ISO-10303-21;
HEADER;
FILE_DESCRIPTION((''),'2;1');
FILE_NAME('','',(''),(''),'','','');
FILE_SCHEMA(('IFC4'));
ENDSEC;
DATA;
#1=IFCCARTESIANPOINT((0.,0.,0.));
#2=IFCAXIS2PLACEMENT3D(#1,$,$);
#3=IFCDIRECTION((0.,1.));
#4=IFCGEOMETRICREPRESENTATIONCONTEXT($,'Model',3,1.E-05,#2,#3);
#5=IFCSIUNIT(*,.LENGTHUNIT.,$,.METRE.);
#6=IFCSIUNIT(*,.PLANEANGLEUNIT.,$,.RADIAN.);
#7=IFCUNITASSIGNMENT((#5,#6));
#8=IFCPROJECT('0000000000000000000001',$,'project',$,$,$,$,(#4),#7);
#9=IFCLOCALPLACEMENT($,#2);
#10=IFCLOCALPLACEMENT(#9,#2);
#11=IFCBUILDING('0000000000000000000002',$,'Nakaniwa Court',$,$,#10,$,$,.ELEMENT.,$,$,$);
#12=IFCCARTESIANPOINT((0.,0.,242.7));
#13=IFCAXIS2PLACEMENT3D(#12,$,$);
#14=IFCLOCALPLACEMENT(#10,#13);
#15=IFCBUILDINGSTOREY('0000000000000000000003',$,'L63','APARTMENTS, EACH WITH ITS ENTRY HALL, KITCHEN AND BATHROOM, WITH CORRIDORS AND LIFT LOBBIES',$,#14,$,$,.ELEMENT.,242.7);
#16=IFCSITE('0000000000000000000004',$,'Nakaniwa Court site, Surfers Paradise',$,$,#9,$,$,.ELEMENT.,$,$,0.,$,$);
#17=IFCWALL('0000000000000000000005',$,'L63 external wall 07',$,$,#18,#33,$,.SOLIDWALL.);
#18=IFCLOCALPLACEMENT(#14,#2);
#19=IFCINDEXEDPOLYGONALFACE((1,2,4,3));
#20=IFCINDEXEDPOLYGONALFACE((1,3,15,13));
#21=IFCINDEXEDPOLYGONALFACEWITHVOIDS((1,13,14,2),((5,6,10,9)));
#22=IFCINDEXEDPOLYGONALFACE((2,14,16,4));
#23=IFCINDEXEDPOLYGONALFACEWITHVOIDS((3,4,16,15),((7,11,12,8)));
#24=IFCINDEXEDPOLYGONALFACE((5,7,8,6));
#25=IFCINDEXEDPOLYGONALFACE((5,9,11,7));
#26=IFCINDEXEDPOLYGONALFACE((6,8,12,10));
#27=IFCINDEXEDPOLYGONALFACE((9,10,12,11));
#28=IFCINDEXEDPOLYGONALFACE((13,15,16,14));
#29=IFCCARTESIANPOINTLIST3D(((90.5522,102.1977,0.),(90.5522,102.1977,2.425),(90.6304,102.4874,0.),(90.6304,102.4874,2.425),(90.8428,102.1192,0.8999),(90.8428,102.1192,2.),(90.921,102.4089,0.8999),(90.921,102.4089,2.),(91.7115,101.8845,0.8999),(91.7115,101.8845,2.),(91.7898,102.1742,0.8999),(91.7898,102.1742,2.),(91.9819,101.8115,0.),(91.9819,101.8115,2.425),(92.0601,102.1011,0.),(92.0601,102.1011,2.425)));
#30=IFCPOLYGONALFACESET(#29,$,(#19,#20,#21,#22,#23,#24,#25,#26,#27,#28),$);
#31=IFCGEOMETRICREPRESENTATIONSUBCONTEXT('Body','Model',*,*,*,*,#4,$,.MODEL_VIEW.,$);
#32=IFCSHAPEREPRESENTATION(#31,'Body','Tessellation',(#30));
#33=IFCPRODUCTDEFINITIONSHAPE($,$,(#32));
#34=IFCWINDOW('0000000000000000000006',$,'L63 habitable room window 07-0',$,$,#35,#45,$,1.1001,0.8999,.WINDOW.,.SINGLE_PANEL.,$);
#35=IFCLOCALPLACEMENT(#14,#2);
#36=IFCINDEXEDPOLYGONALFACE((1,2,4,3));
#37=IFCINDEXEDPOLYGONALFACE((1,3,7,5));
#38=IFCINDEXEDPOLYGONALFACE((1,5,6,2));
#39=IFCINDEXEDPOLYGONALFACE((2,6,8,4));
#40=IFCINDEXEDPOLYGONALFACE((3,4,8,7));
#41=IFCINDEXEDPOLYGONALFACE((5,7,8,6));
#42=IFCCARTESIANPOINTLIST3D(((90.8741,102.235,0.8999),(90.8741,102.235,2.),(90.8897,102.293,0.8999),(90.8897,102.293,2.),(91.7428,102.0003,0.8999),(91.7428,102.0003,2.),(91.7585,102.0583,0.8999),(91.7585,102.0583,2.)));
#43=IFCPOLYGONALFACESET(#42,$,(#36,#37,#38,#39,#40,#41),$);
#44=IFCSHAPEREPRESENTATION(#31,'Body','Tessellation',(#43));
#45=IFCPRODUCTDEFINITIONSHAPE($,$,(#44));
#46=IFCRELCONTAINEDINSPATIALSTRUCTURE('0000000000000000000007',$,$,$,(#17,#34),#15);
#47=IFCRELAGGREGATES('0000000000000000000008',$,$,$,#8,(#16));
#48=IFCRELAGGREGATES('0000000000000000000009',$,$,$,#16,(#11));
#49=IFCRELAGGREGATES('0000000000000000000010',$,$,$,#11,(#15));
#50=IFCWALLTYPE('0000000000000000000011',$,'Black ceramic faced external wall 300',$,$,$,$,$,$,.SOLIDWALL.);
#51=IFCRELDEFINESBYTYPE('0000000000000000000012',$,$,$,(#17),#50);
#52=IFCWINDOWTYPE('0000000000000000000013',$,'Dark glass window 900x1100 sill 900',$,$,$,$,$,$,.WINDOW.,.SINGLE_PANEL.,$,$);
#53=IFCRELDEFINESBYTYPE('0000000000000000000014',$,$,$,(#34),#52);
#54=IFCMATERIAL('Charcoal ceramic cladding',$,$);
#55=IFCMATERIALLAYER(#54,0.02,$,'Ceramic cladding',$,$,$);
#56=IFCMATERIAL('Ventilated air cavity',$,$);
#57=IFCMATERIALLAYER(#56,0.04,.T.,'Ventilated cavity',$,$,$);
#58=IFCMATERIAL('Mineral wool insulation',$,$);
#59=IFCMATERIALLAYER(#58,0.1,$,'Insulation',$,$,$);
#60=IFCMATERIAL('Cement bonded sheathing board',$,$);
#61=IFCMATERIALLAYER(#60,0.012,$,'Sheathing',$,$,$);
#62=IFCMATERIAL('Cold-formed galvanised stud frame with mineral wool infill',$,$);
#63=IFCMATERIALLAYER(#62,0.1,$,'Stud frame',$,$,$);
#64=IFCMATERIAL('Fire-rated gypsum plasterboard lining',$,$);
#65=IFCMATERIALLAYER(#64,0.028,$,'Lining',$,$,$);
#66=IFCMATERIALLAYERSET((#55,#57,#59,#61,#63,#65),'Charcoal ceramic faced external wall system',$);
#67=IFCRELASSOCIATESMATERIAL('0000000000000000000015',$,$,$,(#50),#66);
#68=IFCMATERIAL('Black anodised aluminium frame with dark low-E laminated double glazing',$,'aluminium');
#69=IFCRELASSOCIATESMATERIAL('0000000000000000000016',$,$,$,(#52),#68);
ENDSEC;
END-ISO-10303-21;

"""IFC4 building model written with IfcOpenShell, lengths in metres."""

from ifc_helpers import new_model, si_unit, direction, frame, frame_2d, origin, place, context, subcontext, project, spatial, rectangle, extrude, material, layer, layer_set, type_object, element, fill, save


model = new_model("IFC4")

# Units and contexts
model_context = context("Model", 3, precision=1e-05, world=origin(), true_north=direction((0.0, 1.0)))
body_context = subcontext(model_context, "Body", "Model", "MODEL_VIEW")
ifc_project = project(units=[si_unit("LENGTHUNIT", "METRE"), si_unit("PLANEANGLEUNIT", "RADIAN")], contexts=[model_context])

# Site, building, storey
site_placement = place(None, origin())
site = spatial("IfcSite", under=ifc_project, at=site_placement, Name="Nakaniwa Court site, Surfers Paradise", CompositionType="ELEMENT", RefElevation=0.0)
building_placement = place(site_placement, origin())
building = spatial("IfcBuilding", under=site, at=building_placement, Name="Nakaniwa Court", CompositionType="ELEMENT")
storey_placement = place(building_placement, frame((0.0, 0.0, 242.7)))
storey = spatial("IfcBuildingStorey", under=building, at=storey_placement, Name="L63", Description="APARTMENTS, EACH WITH ITS ENTRY HALL, KITCHEN AND BATHROOM, WITH CORRIDORS AND LIFT LOBBIES", CompositionType="ELEMENT", Elevation=242.7)

# Wall, opening, window
ifc_material_1 = material(Name="Charcoal ceramic cladding")
ifc_layer_1 = layer(ifc_material_1, 0.02, Name="Ceramic cladding")
ifc_material_2 = material(Name="Ventilated air cavity")
ifc_layer_2 = layer(ifc_material_2, 0.04, ventilated=True, Name="Ventilated cavity")
ifc_material_3 = material(Name="Mineral wool insulation")
ifc_layer_3 = layer(ifc_material_3, 0.1, Name="Insulation")
ifc_material_4 = material(Name="Cement bonded sheathing board")
ifc_layer_4 = layer(ifc_material_4, 0.012, Name="Sheathing")
ifc_material_5 = material(Name="Cold-formed galvanised stud frame with mineral wool infill")
ifc_layer_5 = layer(ifc_material_5, 0.1, Name="Stud frame")
ifc_material_6 = material(Name="Fire-rated gypsum plasterboard lining")
ifc_layer_6 = layer(ifc_material_6, 0.028, Name="Lining")
ifc_layer_set_1 = layer_set([ifc_layer_1, ifc_layer_2, ifc_layer_3, ifc_layer_4, ifc_layer_5, ifc_layer_6], Name="Charcoal ceramic faced external wall system")
wall_type_1 = type_object("IfcWallType", Name="Black ceramic faced external wall 300", PredefinedType="SOLIDWALL", material=ifc_layer_set_1)
ifc_material_7 = material(Name="Black anodised aluminium frame with dark low-E laminated double glazing", Category="aluminium")
window_type_1 = type_object("IfcWindowType", Name="Dark glass window 900x1100 sill 900", PartitioningType="SINGLE_PANEL", PredefinedType="WINDOW", material=ifc_material_7)
wall_1_placement = place(storey_placement, frame((92.021, 101.9563, 0.0), z_axis=(0.0, 0.0, 1.0), x_axis=(-0.965393, 0.260801, 0.0)))
wall_1 = element("IfcWall", 1, at=wall_1_placement, inside=storey, type_object=wall_type_1, Name="L63 external wall 07", PredefinedType="SOLIDWALL", context=body_context, shape_type="SweptSolid", body=[
    extrude(rectangle(XDim=1.481, YDim=0.3, at=frame_2d((0.7405, 0.0))), origin(), (0.0, 0.0, 1.0), 2.425),
])
opening_1_placement = place(wall_1_placement, frame((0.28, 0.0, 0.8999)))
opening_1 = element("IfcOpeningElement", 2, at=opening_1_placement, cuts=wall_1, PredefinedType="OPENING", context=body_context, shape_type="SweptSolid", body=[
    extrude(rectangle(XDim=0.8999, YDim=1.1001, at=frame_2d((0.45, 0.55))), frame((0.0, 0.1599, 0.0), z_axis=(0.0, -1.0, 0.0), x_axis=(1.0, 0.0, 0.0)), (0.0, 0.0, 1.0), 0.3201),
])
window_1_placement = place(opening_1_placement, origin())
window_1 = element("IfcWindow", 3, at=window_1_placement, inside=storey, type_object=window_type_1, Name="L63 habitable room window 07-0", OverallHeight=1.1001, OverallWidth=0.8999, PartitioningType="SINGLE_PANEL", PredefinedType="WINDOW", context=body_context, shape_type="SweptSolid", body=[
    extrude(rectangle(XDim=0.8999, YDim=1.1001, at=frame_2d((0.45, 0.55))), frame((0.0, 0.03, 0.0), z_axis=(0.0, -1.0, 0.0), x_axis=(1.0, 0.0, 0.0)), (0.0, 0.0, 1.0), 0.0601),
])
fill(opening_1, window_1)

save(model, "model.ifc")
